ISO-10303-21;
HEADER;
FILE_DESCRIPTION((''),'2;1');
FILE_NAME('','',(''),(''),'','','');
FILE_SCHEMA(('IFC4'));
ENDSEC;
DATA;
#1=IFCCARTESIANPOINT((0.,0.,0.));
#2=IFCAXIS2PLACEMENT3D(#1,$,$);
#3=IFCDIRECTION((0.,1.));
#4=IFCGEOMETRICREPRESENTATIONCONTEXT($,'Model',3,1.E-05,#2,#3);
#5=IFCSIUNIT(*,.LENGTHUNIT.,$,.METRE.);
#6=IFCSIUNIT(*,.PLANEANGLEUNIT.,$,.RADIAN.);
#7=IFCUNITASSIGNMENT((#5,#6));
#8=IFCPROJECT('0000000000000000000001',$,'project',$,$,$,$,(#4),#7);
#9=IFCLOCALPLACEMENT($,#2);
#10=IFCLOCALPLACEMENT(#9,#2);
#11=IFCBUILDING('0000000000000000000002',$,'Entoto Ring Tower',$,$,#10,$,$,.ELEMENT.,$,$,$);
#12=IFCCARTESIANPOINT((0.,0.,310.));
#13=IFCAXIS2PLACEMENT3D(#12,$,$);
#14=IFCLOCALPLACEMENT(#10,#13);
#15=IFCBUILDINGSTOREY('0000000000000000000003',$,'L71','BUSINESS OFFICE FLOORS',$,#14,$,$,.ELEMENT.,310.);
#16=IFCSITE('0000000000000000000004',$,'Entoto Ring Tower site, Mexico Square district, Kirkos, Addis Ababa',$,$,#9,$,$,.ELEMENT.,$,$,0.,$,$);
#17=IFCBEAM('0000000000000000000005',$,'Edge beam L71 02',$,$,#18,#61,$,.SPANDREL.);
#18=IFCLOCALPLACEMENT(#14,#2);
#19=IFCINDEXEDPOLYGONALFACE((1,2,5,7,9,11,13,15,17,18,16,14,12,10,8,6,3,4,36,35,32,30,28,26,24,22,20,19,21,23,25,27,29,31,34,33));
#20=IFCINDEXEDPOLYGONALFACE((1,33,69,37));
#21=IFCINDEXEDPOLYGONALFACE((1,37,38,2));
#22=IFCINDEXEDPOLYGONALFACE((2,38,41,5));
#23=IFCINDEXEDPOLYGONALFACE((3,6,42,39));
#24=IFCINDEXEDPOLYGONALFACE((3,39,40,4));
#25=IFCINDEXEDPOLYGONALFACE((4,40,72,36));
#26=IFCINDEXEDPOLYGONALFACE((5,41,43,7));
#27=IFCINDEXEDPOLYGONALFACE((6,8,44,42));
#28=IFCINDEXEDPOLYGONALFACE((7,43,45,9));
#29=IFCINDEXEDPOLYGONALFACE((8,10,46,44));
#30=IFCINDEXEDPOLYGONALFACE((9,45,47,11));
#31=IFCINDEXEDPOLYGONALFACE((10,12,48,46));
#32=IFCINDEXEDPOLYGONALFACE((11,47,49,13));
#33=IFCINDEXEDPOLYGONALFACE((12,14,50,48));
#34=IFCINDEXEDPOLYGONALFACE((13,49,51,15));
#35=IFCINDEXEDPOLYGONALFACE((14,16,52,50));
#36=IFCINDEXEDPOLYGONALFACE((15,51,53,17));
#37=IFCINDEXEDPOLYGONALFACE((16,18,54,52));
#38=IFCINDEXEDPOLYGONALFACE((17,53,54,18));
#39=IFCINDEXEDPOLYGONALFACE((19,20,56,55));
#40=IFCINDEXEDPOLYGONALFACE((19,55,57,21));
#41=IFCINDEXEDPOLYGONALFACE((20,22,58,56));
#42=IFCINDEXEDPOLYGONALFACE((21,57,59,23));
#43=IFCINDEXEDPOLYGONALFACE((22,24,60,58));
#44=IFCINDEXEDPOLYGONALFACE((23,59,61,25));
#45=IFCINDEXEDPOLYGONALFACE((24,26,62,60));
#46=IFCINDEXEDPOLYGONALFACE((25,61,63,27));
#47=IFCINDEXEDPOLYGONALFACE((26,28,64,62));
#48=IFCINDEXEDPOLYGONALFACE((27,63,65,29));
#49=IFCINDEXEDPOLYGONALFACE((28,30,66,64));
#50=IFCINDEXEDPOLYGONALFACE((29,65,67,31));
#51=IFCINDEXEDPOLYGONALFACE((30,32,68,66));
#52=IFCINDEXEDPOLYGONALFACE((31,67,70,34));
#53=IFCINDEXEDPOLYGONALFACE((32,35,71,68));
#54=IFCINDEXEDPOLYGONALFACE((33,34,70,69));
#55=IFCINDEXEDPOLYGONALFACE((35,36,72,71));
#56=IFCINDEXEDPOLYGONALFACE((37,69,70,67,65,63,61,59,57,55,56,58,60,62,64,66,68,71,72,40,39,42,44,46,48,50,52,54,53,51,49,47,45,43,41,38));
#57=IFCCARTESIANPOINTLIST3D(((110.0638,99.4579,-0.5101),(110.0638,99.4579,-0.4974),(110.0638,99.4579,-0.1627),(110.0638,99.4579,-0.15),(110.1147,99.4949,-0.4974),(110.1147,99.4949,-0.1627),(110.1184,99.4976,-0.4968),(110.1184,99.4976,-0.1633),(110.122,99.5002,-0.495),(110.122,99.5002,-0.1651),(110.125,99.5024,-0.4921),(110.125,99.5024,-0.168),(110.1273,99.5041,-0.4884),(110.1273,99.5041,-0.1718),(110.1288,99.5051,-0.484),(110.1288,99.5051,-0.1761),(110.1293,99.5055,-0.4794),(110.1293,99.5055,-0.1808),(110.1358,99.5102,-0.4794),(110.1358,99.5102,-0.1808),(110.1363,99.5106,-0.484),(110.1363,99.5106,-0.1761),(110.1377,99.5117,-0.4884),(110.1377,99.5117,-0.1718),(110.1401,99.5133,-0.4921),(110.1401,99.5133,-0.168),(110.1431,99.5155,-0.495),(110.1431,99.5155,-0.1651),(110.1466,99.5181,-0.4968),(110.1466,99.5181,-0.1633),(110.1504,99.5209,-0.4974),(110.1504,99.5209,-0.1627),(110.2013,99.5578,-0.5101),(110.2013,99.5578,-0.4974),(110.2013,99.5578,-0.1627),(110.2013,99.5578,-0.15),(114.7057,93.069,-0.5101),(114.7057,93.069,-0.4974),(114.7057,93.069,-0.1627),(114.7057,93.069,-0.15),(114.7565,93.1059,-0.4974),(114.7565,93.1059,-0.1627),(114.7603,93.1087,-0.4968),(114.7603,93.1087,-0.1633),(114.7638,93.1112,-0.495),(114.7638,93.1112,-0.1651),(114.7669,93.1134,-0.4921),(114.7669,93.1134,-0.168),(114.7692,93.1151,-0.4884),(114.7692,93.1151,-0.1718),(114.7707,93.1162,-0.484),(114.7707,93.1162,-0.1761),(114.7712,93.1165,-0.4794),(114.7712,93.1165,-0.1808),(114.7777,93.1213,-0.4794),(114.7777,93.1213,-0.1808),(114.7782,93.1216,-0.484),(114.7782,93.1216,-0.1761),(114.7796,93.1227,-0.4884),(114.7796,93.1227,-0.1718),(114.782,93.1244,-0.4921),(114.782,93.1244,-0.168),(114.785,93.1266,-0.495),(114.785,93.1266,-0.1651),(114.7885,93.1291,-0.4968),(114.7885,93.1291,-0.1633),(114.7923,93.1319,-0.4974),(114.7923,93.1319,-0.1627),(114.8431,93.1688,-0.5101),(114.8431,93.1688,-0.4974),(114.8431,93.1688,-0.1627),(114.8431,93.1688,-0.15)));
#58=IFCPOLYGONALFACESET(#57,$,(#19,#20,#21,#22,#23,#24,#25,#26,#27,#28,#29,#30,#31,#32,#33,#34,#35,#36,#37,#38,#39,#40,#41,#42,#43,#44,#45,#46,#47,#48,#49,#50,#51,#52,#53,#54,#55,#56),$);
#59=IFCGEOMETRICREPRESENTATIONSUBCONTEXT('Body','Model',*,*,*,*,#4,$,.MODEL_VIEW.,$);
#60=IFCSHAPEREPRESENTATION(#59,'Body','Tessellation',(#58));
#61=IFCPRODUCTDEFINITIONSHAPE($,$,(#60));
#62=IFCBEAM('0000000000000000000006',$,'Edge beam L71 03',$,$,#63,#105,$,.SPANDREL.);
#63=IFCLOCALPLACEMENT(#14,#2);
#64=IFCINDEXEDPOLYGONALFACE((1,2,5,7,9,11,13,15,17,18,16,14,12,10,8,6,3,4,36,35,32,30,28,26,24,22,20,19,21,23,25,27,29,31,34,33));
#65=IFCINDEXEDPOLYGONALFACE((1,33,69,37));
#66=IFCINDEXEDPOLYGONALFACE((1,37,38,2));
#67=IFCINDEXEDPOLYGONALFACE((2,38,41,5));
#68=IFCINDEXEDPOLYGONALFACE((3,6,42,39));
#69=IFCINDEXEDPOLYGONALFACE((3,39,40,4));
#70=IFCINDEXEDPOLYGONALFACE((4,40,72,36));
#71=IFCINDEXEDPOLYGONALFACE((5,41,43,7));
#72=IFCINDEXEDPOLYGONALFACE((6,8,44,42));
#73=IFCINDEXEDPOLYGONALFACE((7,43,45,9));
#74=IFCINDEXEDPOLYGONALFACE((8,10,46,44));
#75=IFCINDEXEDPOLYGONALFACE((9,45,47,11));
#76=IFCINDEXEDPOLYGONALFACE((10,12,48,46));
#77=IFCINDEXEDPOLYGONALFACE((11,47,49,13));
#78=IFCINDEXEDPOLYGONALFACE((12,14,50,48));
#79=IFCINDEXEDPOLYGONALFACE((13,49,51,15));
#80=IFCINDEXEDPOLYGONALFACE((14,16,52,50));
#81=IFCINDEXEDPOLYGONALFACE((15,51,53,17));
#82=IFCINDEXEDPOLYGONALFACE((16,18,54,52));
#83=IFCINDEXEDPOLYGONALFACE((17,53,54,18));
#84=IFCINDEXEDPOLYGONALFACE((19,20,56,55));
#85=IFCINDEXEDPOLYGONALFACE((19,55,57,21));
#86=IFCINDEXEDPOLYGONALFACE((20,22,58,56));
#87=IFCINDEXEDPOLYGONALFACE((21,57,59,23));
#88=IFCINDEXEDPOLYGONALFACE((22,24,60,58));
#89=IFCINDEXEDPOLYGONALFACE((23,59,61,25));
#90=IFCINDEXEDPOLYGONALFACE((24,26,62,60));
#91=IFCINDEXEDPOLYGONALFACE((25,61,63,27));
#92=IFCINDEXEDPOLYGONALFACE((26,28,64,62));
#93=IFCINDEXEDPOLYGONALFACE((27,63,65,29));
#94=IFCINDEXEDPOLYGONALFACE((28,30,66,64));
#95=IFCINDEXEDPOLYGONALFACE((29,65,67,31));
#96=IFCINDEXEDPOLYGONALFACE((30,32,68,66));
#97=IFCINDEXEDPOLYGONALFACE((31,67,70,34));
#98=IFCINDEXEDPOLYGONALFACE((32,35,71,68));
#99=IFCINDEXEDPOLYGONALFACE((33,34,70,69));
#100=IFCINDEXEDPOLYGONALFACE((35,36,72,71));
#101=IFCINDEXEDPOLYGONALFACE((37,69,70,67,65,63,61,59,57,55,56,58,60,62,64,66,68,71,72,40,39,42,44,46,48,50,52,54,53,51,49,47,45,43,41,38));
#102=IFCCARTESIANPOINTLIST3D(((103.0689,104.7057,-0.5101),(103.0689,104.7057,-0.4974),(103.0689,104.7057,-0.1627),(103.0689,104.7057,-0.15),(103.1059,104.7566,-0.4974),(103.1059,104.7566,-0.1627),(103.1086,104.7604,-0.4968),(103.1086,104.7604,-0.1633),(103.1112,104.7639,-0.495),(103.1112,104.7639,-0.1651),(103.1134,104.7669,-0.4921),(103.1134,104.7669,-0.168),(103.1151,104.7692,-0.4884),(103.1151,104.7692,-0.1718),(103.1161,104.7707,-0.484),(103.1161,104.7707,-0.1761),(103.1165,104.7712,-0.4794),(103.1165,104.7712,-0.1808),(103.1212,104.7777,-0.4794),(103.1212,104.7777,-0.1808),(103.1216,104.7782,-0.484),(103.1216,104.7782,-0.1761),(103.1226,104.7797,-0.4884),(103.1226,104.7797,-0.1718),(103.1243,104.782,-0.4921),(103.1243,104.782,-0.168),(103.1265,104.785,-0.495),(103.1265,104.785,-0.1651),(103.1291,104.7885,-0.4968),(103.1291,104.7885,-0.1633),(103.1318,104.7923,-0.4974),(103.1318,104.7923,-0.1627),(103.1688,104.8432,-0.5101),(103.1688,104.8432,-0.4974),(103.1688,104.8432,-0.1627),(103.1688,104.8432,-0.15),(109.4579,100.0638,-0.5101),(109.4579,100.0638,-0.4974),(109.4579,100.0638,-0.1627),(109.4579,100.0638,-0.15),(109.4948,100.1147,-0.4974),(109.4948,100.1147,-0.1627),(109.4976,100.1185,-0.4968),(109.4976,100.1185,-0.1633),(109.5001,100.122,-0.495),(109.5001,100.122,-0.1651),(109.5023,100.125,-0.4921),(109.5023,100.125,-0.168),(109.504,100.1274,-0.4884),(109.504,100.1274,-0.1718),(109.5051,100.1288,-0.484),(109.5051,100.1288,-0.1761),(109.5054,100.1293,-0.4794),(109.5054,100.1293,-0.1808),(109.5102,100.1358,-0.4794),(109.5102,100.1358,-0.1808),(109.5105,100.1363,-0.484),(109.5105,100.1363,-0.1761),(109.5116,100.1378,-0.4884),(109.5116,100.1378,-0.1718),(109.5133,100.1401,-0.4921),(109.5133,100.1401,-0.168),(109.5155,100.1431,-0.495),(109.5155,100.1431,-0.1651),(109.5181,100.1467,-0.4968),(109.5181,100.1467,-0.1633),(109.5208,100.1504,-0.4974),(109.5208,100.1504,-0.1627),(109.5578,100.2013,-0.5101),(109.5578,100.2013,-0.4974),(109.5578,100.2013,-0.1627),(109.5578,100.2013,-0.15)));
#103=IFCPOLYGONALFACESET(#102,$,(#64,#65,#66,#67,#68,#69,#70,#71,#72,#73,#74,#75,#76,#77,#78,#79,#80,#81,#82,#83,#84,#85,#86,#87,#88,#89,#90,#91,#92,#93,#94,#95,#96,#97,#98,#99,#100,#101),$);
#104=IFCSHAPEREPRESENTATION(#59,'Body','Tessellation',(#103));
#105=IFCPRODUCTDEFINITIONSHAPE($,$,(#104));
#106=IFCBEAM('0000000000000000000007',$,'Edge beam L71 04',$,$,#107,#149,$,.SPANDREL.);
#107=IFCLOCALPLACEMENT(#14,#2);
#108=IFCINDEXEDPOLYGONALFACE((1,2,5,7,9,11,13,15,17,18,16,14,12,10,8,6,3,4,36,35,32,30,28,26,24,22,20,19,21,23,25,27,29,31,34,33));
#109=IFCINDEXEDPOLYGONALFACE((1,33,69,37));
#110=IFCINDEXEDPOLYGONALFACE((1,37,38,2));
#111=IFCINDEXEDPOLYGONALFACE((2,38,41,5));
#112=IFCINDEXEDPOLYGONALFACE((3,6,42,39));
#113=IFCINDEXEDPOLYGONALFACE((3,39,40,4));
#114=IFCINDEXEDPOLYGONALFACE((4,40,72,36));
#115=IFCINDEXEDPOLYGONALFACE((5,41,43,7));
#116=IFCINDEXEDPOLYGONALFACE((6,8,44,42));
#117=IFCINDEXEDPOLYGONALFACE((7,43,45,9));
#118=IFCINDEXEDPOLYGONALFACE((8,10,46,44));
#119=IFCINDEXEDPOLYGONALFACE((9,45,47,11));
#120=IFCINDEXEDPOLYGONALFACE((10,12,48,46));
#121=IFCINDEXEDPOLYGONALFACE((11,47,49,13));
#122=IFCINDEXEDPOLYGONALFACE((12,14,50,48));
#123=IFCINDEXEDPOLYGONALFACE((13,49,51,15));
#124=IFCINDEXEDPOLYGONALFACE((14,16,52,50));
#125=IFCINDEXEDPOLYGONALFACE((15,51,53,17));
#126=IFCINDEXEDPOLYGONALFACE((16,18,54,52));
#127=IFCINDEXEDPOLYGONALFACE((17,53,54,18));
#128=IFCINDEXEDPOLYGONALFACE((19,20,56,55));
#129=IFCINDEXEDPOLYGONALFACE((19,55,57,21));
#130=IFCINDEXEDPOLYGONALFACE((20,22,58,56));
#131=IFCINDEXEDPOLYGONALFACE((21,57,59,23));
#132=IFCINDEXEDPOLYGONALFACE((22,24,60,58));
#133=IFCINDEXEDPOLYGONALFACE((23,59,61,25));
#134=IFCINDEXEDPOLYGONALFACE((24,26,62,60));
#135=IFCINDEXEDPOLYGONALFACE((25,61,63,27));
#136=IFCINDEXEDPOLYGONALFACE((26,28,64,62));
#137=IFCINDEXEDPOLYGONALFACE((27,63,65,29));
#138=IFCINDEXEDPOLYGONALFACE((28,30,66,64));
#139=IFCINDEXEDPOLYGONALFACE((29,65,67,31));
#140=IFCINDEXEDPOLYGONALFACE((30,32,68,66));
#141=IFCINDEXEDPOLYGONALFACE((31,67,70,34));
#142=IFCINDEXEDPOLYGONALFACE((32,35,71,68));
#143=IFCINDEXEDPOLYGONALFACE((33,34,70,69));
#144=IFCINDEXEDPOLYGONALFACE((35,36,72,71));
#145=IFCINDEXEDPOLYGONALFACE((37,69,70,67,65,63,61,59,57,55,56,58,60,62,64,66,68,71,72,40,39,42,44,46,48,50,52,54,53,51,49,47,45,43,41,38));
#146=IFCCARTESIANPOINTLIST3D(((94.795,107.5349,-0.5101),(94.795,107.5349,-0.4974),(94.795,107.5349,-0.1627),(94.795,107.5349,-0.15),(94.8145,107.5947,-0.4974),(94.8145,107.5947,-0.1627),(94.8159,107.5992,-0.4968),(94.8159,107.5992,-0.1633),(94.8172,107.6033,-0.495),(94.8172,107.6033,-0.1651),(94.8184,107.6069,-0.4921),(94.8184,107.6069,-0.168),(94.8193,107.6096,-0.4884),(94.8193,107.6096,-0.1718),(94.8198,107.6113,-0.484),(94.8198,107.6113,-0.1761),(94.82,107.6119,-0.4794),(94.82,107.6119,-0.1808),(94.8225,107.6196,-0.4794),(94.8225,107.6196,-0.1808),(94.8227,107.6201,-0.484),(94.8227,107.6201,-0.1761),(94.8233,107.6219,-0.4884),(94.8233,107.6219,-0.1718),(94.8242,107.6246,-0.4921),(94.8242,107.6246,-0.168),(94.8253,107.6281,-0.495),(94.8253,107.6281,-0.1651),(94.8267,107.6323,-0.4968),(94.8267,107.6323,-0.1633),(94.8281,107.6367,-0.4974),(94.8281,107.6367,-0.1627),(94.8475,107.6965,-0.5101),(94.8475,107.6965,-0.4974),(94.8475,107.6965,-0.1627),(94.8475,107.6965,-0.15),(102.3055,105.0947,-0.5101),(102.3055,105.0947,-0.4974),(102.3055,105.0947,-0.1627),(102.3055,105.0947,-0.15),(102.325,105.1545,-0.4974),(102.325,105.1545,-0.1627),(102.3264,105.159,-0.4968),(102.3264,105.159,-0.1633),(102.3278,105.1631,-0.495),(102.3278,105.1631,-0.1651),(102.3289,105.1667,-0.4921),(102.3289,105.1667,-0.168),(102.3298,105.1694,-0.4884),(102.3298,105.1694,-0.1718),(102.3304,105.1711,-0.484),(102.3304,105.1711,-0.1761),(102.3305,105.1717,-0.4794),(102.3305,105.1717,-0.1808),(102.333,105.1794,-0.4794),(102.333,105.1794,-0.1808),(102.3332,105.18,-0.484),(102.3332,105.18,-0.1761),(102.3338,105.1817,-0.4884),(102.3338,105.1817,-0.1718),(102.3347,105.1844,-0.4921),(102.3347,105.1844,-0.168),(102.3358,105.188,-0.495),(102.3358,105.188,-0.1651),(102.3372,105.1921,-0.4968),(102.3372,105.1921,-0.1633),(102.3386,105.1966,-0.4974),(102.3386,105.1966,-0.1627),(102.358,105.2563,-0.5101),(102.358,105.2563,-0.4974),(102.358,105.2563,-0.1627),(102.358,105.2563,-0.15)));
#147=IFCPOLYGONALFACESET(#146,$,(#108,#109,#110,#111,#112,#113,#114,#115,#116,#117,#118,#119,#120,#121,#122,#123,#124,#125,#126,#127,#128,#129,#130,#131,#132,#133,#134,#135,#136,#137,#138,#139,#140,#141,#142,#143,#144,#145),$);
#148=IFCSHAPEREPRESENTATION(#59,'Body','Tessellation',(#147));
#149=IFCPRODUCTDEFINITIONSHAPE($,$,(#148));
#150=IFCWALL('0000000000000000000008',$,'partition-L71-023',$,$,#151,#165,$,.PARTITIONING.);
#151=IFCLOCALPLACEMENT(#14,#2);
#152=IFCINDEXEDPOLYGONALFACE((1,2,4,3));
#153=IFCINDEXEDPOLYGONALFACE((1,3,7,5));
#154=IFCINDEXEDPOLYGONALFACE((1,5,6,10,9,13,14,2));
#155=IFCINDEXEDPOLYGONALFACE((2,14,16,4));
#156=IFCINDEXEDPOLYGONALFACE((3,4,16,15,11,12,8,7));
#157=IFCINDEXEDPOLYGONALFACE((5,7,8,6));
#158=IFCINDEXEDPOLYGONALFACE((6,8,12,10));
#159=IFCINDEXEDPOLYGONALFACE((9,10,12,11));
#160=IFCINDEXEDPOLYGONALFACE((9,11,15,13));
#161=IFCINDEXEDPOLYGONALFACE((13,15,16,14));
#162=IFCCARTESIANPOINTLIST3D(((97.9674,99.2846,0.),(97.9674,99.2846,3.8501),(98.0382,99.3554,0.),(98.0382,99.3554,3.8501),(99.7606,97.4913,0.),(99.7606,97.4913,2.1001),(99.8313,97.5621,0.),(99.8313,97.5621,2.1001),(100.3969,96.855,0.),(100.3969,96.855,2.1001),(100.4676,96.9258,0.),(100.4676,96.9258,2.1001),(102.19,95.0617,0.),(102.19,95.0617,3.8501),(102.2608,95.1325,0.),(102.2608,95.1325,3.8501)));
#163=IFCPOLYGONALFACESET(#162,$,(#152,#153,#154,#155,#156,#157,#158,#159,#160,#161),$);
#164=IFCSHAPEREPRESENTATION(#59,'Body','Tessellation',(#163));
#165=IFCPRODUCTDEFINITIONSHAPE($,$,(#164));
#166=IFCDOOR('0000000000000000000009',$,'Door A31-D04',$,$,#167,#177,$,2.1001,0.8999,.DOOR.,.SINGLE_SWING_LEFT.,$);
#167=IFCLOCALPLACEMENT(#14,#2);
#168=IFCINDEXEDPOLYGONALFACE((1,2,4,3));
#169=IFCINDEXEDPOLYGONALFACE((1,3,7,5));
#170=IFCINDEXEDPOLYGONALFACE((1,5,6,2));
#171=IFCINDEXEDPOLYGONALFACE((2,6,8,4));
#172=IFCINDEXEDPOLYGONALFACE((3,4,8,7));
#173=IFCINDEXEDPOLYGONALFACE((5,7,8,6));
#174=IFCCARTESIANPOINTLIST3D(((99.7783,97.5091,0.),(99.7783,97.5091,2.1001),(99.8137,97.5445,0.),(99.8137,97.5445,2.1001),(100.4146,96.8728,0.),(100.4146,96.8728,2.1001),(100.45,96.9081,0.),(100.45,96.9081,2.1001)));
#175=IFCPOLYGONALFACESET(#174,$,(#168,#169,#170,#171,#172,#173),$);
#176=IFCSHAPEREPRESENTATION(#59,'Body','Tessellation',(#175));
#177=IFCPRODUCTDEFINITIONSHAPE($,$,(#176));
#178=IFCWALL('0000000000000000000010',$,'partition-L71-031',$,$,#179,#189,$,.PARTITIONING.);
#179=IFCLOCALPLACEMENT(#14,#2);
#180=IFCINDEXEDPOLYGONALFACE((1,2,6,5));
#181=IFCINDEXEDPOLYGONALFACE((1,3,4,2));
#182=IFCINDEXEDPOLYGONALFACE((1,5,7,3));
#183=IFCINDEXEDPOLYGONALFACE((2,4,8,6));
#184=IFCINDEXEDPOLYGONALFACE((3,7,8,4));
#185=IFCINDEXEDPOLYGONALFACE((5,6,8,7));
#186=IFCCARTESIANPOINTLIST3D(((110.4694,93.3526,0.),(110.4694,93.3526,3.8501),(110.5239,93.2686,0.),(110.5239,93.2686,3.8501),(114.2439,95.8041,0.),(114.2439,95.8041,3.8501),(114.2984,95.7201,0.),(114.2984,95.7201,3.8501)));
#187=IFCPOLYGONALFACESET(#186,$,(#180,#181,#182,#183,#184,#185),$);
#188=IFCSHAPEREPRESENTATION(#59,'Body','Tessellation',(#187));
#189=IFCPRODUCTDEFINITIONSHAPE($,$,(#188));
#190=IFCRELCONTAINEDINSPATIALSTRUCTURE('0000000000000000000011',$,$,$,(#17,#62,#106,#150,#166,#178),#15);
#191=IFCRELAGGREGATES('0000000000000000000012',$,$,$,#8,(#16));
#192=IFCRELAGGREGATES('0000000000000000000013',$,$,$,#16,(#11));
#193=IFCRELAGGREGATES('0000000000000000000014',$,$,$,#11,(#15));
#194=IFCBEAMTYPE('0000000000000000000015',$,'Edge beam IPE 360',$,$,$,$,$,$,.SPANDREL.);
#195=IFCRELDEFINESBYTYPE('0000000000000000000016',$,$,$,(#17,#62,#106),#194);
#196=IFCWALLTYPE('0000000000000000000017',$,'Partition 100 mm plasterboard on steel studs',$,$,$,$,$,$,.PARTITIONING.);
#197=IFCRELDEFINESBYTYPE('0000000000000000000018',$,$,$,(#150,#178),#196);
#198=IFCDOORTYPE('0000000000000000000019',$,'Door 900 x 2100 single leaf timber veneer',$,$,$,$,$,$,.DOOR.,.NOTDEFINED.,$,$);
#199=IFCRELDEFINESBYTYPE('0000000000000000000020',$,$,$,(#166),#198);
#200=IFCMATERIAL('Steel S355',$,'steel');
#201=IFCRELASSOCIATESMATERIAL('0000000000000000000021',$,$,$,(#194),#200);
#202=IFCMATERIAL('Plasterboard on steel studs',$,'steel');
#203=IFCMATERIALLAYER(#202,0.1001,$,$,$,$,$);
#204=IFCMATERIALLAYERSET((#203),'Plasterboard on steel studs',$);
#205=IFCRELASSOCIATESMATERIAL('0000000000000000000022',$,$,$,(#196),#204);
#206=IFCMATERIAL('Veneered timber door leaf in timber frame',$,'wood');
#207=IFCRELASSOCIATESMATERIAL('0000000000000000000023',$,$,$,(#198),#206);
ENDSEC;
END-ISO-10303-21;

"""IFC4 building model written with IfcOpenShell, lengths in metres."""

from ifc_helpers import new_model, si_unit, direction, frame, frame_2d, origin, origin_2d, place, context, subcontext, project, spatial, rectangle, i_section, extrude, material, layer, layer_set, material_profile, profile_set, type_object, element, fill, save


model = new_model("IFC4")

# Units and contexts
model_context = context("Model", 3, precision=1e-05, world=origin(), true_north=direction((0.0, 1.0)))
body_context = subcontext(model_context, "Body", "Model", "MODEL_VIEW")
ifc_project = project(units=[si_unit("LENGTHUNIT", "METRE"), si_unit("PLANEANGLEUNIT", "RADIAN")], contexts=[model_context])

# Site, building, storey
site_placement = place(None, origin())
site = spatial("IfcSite", under=ifc_project, at=site_placement, Name="Entoto Ring Tower site, Mexico Square district, Kirkos, Addis Ababa", CompositionType="ELEMENT", RefElevation=0.0)
building_placement = place(site_placement, origin())
building = spatial("IfcBuilding", under=site, at=building_placement, Name="Entoto Ring Tower", CompositionType="ELEMENT")
storey_placement = place(building_placement, frame((0.0, 0.0, 310.0)))
storey = spatial("IfcBuildingStorey", under=building, at=storey_placement, Name="L71", Description="BUSINESS OFFICE FLOORS", CompositionType="ELEMENT", Elevation=310.0)

# Beams
ifc_material_1 = material(Name="Steel S355", Category="steel")
ifc_material_profile_1 = material_profile(ifc_material_1, i_section(OverallWidth=0.1699, OverallDepth=0.3601, WebThickness=0.0081, FlangeThickness=0.0127, FilletRadius=0.0181, at=origin_2d()), Name="IPE 360")
ifc_profile_set_1 = profile_set([ifc_material_profile_1], Name="Steel S355")
beam_type = type_object("IfcBeamType", Name="Edge beam IPE 360", PredefinedType="SPANDREL", material=ifc_profile_set_1)
for number, where, z_axis, x_axis, name in (
    (1, (114.7744, 93.1189, -0.3301), (-0.587787, 0.809015, 0.0), (-0.809015, -0.587787, 0.0), "Edge beam L71 02"),
    (2, (109.5078, 100.1326, -0.3301), (-0.809015, 0.587787, 0.0), (-0.587787, -0.809015, 0.0), "Edge beam L71 03"),
):
    element("IfcBeam", number, at=place(storey_placement, frame(where, z_axis=z_axis, x_axis=x_axis)), inside=storey, type_object=beam_type, Name=name, PredefinedType="SPANDREL", context=body_context, shape_type="SweptSolid", body=[
        extrude(i_section(OverallWidth=0.1699, OverallDepth=0.3601, WebThickness=0.0081, FlangeThickness=0.0127, FilletRadius=0.0181, at=origin_2d()), origin(), (0.0, 0.0, 1.0), 7.8972),
    ])
beam_placement = place(storey_placement, frame((102.3318, 105.1755, -0.3301), z_axis=(-0.951061, 0.309003, 0.0), x_axis=(-0.309003, -0.951061, 0.0)))
element("IfcBeam", 3, at=beam_placement, inside=storey, type_object=beam_type, Name="Edge beam L71 04", PredefinedType="SPANDREL", context=body_context, shape_type="SweptSolid", body=[
    extrude(i_section(OverallWidth=0.1699, OverallDepth=0.3601, WebThickness=0.0081, FlangeThickness=0.0127, FilletRadius=0.0181, at=origin_2d()), origin(), (0.0, 0.0, 1.0), 7.897),
])

# Wall, opening, door
ifc_material_2 = material(Name="Plasterboard on steel studs", Category="steel")
ifc_layer_1 = layer(ifc_material_2, 0.1001)
ifc_layer_set_1 = layer_set([ifc_layer_1], Name="Plasterboard on steel studs")
wall_type_1 = type_object("IfcWallType", Name="Partition 100 mm plasterboard on steel studs", PredefinedType="PARTITIONING", material=ifc_layer_set_1)
wall_1_placement = place(storey_placement, frame((102.2253, 95.0972, 0.0), z_axis=(0.0, 0.0, 1.0), x_axis=(-0.707086, 0.707127, 0.0)))
wall_1 = element("IfcWall", 4, at=wall_1_placement, inside=storey, type_object=wall_type_1, Name="partition-L71-023", PredefinedType="PARTITIONING", context=body_context, shape_type="SweptSolid", body=[
    extrude(rectangle(XDim=5.9719, YDim=0.1001, at=frame_2d((2.9858, 0.0))), origin(), (0.0, 0.0, 1.0), 3.8501),
])
opening_placement = place(wall_1_placement, frame((2.5359, 0.0, 0.0)))
opening = element("IfcOpeningElement", 5, at=opening_placement, cuts=wall_1, PredefinedType="OPENING", context=body_context, shape_type="SweptSolid", body=[
    extrude(rectangle(XDim=0.8999, YDim=2.1001, at=frame_2d((0.45, 1.05))), frame((0.0, 0.0601, 0.0), z_axis=(0.0, -1.0, 0.0), x_axis=(1.0, 0.0, 0.0)), (0.0, 0.0, 1.0), 0.1201),
])
ifc_material_3 = material(Name="Veneered timber door leaf in timber frame", Category="wood")
door_type = type_object("IfcDoorType", Name="Door 900 x 2100 single leaf timber veneer", OperationType="NOTDEFINED", PredefinedType="DOOR", material=ifc_material_3)
door_placement = place(opening_placement, origin())
door = element("IfcDoor", 6, at=door_placement, inside=storey, type_object=door_type, Name="Door A31-D04", OperationType="SINGLE_SWING_LEFT", OverallHeight=2.1001, OverallWidth=0.8999, PredefinedType="DOOR", context=body_context, shape_type="SweptSolid", body=[
    extrude(rectangle(XDim=0.8999, YDim=2.1001, at=frame_2d((0.45, 1.05))), frame((0.0, 0.0249, 0.0), z_axis=(0.0, -1.0, 0.0), x_axis=(1.0, 0.0, 0.0)), (0.0, 0.0, 1.0), 0.05),
])
fill(opening, door)

# Wall
wall_2_placement = place(storey_placement, frame((110.4966, 93.3105, 0.0), z_axis=(0.0, 0.0, 1.0), x_axis=(0.838642, 0.544683, 0.0)))
element("IfcWall", 7, at=wall_2_placement, inside=storey, type_object=wall_type_1, Name="partition-L71-031", PredefinedType="PARTITIONING", context=body_context, shape_type="SweptSolid", body=[
    extrude(rectangle(XDim=4.5007, YDim=0.1001, at=frame_2d((2.2505, 0.0))), origin(), (0.0, 0.0, 1.0), 3.8501),
])

save(model, "model.ifc")
